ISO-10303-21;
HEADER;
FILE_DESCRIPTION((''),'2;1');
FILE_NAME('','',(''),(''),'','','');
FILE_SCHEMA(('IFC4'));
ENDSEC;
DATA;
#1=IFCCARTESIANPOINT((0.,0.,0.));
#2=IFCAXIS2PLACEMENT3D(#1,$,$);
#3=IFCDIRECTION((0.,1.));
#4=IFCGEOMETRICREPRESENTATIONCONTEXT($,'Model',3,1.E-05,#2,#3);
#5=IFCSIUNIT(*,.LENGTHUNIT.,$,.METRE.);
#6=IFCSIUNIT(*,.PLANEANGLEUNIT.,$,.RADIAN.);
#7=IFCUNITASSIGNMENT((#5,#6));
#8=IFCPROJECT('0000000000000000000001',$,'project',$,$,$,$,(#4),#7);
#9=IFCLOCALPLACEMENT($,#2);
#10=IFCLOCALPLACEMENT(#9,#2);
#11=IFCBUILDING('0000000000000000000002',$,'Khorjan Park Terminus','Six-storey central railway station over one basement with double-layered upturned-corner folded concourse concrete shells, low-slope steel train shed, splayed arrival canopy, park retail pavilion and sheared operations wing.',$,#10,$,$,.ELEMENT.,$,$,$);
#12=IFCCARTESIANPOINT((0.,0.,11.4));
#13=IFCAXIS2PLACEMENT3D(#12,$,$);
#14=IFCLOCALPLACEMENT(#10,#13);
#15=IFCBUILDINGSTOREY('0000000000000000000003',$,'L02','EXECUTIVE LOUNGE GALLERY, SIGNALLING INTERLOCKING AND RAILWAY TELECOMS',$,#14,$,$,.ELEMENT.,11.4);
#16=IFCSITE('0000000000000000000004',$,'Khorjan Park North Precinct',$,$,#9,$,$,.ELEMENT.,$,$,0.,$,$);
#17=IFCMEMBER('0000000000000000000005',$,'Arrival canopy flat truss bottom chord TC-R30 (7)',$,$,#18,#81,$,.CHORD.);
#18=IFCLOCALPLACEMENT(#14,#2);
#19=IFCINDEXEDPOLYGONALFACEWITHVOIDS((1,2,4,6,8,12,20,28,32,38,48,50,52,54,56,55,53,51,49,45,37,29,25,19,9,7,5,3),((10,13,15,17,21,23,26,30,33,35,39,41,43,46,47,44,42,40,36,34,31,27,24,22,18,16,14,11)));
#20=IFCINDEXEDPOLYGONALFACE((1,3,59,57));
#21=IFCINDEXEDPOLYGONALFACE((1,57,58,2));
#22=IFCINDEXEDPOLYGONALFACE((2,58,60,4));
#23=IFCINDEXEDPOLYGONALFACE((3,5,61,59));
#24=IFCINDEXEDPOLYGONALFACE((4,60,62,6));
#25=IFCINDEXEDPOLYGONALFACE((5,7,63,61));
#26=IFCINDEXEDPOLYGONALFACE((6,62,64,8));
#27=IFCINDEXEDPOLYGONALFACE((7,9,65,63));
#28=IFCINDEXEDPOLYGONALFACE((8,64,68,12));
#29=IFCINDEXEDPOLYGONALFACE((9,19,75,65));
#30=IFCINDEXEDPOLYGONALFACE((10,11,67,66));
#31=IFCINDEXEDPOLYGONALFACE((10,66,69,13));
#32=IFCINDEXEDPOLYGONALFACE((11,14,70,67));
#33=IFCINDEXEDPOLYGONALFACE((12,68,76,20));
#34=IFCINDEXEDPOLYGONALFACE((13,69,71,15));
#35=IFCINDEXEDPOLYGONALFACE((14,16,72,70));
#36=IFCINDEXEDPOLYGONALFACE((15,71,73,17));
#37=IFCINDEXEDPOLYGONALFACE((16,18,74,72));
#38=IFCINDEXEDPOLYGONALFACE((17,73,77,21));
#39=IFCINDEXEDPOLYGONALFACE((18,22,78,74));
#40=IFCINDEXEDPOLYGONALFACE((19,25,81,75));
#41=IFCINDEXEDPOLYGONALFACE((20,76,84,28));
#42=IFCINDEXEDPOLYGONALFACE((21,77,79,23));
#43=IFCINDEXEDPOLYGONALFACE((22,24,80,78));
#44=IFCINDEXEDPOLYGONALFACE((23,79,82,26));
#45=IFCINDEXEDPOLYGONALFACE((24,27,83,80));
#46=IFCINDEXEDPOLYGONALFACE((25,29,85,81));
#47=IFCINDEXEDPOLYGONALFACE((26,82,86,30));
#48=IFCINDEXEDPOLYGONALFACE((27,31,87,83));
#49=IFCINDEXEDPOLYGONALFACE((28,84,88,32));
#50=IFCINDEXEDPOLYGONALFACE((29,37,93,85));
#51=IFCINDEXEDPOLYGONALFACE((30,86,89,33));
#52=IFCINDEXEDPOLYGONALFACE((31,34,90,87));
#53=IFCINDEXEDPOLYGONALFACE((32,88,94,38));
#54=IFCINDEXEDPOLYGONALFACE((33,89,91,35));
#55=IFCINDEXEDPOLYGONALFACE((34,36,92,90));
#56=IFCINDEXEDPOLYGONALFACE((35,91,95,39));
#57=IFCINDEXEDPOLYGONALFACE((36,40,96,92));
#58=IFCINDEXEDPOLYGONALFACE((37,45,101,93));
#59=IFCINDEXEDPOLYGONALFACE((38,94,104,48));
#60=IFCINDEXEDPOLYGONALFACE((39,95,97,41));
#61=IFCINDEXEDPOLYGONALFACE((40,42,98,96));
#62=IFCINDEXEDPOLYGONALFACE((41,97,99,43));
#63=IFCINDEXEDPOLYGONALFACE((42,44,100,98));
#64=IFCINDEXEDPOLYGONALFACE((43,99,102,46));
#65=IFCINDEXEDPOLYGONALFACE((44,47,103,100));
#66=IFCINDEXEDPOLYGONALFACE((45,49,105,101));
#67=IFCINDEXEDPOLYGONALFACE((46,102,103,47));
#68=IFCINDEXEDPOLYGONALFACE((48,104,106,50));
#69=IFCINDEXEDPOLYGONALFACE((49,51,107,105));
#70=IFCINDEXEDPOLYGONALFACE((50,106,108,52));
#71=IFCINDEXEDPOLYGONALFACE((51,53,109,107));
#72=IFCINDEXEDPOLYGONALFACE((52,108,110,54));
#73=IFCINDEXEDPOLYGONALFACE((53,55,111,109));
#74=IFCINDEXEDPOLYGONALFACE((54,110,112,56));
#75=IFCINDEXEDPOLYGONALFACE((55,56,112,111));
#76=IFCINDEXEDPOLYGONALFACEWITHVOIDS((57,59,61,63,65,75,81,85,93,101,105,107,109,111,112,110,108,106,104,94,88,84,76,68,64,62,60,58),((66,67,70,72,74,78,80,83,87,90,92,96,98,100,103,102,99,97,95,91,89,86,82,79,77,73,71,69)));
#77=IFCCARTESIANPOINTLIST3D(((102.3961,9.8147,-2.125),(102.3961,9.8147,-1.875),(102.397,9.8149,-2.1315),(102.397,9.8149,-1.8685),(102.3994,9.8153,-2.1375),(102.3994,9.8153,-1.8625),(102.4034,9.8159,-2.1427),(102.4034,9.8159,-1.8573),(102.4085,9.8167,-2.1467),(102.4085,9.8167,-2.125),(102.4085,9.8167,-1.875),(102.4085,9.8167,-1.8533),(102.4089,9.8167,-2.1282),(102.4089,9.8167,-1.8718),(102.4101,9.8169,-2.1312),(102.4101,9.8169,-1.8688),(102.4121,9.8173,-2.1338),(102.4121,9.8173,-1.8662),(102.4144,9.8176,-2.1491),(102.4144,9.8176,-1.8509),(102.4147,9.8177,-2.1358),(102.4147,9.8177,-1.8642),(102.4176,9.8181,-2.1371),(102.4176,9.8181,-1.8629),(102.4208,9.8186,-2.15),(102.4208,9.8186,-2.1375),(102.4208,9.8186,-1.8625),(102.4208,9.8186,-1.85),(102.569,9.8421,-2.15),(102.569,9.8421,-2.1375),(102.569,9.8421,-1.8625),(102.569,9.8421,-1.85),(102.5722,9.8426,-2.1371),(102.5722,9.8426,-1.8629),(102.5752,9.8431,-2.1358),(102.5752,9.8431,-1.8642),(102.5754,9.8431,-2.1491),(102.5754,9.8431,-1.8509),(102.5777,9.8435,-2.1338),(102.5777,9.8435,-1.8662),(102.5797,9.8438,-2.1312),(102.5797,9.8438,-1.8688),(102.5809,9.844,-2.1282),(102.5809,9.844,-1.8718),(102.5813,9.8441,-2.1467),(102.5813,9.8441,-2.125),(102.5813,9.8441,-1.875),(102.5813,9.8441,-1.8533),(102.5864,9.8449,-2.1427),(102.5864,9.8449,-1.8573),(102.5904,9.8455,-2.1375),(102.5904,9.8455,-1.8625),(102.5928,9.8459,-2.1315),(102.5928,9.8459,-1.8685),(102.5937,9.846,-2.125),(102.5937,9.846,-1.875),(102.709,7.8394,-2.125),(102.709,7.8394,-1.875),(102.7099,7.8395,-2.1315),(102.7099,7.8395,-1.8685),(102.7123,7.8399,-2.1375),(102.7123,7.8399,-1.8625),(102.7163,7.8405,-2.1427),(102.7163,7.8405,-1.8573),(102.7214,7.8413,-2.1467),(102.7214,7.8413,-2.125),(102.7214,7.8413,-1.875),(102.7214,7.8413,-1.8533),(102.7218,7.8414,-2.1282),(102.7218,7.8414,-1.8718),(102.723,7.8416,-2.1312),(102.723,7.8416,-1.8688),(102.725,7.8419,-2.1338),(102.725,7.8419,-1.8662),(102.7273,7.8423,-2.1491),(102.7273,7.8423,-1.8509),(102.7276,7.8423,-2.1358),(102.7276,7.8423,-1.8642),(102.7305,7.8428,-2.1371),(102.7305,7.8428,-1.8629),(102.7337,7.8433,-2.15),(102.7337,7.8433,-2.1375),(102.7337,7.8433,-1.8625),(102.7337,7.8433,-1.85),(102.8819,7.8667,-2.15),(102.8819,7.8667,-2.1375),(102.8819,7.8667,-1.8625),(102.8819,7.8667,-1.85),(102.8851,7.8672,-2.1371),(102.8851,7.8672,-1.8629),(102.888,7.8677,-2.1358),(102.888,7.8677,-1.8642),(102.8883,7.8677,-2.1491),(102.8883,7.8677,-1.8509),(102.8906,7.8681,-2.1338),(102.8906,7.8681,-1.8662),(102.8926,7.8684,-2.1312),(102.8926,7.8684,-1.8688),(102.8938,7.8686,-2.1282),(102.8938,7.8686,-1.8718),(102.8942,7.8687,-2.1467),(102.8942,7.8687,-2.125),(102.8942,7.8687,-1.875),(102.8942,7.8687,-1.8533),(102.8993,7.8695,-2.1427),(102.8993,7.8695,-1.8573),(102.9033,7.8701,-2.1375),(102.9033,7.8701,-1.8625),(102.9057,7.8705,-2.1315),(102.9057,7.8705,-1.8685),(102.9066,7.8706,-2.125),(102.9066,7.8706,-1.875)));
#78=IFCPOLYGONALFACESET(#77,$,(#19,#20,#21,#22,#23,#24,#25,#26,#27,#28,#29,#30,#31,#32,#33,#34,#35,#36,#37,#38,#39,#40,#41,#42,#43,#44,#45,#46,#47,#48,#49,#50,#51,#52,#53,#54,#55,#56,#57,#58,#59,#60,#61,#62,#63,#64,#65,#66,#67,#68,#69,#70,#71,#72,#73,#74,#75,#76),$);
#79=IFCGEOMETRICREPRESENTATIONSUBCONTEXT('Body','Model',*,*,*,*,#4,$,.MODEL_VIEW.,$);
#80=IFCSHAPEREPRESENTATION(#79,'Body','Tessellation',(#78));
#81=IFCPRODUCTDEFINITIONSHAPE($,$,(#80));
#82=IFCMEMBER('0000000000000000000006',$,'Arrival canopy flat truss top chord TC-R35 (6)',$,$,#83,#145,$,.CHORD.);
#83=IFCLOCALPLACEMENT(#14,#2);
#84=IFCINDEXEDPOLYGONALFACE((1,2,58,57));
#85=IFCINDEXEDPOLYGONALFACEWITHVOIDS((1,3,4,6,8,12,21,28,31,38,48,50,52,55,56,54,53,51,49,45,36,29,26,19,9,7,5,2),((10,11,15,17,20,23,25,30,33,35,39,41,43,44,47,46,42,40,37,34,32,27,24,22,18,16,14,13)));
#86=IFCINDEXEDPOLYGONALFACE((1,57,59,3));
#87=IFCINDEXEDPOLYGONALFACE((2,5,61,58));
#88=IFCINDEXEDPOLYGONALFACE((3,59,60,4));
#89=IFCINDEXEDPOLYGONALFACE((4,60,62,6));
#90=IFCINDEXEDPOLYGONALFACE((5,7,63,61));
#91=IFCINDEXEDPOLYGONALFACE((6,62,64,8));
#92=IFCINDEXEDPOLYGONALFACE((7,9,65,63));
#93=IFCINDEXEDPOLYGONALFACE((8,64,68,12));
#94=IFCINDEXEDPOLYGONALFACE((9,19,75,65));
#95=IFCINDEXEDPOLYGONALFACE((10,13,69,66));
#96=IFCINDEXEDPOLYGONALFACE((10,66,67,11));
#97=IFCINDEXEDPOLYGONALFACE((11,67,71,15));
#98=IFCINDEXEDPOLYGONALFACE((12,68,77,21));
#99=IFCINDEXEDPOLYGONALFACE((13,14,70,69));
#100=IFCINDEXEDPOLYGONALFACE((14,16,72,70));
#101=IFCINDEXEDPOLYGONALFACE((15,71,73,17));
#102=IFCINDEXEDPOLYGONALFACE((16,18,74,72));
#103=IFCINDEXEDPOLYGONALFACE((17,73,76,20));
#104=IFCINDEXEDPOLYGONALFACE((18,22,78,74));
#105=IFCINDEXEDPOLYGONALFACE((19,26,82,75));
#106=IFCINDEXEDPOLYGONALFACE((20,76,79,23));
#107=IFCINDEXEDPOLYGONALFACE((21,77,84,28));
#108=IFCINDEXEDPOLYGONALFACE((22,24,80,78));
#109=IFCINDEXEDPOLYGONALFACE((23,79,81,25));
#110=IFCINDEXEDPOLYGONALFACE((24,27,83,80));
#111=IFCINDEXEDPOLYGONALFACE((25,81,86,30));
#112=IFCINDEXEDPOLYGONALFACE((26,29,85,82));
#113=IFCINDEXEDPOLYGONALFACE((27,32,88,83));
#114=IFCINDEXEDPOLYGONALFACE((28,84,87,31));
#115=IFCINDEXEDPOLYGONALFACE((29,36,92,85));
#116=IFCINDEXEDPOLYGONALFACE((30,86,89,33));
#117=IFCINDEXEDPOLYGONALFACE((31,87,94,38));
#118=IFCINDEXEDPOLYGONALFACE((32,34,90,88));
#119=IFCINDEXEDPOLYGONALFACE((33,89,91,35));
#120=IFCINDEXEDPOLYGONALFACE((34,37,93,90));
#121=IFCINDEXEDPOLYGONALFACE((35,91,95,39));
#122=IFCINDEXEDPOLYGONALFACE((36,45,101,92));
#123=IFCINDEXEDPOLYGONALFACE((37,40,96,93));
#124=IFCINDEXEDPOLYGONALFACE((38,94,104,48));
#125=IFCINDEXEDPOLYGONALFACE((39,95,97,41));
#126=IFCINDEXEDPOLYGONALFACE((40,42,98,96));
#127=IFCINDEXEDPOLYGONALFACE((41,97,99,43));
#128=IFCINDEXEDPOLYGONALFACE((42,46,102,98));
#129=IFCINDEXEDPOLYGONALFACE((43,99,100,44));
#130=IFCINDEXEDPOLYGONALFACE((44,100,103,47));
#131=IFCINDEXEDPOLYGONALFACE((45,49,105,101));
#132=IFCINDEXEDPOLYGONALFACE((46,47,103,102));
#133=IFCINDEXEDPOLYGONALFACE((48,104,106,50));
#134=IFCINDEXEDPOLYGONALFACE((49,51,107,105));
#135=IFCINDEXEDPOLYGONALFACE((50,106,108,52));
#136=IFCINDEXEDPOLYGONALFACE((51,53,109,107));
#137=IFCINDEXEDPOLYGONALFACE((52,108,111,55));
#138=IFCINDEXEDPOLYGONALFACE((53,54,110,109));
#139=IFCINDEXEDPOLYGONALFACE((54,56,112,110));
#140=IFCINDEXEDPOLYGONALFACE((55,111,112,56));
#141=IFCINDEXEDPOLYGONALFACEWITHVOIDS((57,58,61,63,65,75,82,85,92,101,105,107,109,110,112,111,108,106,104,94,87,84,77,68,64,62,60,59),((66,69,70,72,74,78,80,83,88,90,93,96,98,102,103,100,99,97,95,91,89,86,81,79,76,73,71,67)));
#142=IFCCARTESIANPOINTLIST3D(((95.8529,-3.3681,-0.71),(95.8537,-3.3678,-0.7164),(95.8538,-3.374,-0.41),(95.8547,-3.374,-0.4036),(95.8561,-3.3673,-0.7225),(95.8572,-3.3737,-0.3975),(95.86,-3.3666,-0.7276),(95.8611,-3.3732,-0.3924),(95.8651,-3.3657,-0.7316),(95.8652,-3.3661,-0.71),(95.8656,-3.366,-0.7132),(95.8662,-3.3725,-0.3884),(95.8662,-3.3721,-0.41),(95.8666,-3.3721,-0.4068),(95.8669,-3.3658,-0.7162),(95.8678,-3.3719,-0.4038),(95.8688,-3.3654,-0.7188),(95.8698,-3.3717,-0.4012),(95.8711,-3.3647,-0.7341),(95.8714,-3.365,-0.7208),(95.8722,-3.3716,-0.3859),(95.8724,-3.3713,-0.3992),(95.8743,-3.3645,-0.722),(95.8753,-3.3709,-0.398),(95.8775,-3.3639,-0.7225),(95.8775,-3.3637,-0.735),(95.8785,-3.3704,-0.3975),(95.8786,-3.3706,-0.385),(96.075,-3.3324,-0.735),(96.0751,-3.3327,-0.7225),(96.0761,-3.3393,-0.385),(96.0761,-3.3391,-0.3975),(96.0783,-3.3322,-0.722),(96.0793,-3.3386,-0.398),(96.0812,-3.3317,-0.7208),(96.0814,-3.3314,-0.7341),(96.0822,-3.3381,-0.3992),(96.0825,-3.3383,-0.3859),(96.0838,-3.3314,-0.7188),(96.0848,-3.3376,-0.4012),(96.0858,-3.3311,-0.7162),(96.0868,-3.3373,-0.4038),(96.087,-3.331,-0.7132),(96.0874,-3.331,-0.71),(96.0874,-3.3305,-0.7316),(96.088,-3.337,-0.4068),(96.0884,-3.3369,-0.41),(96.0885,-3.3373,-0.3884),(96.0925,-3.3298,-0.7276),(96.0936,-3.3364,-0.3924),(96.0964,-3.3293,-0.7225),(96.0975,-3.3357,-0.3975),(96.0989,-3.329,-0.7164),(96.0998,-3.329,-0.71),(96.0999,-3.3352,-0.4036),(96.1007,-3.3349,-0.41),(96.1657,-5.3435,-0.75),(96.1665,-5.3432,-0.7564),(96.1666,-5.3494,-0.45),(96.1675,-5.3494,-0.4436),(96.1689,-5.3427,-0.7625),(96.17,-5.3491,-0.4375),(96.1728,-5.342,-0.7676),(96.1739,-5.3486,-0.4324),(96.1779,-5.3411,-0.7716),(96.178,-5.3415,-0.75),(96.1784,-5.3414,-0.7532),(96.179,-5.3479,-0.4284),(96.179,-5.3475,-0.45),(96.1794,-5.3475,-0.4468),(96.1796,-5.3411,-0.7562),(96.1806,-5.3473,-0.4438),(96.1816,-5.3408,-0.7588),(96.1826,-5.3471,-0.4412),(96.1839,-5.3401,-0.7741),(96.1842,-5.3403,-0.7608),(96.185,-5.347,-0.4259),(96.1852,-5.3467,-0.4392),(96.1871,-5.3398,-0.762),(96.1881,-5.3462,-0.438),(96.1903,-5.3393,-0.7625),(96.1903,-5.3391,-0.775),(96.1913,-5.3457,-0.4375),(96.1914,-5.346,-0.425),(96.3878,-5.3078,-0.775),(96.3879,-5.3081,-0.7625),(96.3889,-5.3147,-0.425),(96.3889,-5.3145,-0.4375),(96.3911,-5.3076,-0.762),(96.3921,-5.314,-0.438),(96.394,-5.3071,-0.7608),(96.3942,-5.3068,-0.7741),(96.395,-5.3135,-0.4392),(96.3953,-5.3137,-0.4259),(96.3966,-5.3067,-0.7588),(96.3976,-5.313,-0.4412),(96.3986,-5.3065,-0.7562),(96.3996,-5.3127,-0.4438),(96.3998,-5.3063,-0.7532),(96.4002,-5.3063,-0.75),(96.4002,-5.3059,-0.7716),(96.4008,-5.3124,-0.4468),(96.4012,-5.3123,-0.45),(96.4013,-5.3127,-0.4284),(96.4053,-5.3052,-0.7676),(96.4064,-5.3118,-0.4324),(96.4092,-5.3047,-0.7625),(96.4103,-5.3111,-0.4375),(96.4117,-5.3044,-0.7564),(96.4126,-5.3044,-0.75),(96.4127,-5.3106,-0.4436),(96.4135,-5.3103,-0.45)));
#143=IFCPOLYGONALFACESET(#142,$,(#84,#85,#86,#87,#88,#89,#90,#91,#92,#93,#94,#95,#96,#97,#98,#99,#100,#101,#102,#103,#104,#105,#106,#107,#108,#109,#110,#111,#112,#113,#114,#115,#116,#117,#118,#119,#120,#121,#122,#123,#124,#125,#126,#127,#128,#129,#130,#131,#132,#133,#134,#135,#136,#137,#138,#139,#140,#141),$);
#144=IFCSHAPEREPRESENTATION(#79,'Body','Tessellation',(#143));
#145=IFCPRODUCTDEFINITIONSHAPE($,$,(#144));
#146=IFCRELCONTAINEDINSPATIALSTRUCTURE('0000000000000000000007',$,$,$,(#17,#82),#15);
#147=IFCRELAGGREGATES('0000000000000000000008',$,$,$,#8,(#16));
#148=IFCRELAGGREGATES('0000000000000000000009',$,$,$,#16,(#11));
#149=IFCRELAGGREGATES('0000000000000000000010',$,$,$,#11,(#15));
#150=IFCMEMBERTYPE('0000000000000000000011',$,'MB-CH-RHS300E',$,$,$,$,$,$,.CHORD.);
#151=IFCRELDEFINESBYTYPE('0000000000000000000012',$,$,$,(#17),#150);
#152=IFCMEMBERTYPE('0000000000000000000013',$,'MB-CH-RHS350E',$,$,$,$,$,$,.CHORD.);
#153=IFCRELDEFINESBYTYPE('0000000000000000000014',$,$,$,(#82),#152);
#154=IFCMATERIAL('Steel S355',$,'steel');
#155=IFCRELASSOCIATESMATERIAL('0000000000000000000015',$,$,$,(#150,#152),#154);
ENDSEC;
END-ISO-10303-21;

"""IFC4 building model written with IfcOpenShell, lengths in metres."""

from ifc_helpers import new_model, si_unit, direction, frame, origin, origin_2d, place, context, subcontext, project, spatial, hollow_rectangle, extrude, material, material_profile, profile_set, type_object, element, save


model = new_model("IFC4")

# Units and contexts
model_context = context("Model", 3, precision=1e-05, world=origin(), true_north=direction((0.0, 1.0)))
body_context = subcontext(model_context, "Body", "Model", "MODEL_VIEW")
ifc_project = project(units=[si_unit("LENGTHUNIT", "METRE"), si_unit("PLANEANGLEUNIT", "RADIAN")], contexts=[model_context])

# Site, building, storey
site_placement = place(None, origin())
site = spatial("IfcSite", under=ifc_project, at=site_placement, Name="Khorjan Park North Precinct", CompositionType="ELEMENT", RefElevation=0.0)
building_placement = place(site_placement, origin())
building = spatial("IfcBuilding", under=site, at=building_placement, Name="Khorjan Park Terminus", Description="Six-storey central railway station over one basement with double-layered upturned-corner folded concourse concrete shells, low-slope steel train shed, splayed arrival canopy, park retail pavilion and sheared operations wing.", CompositionType="ELEMENT")
storey_placement = place(building_placement, frame((0.0, 0.0, 11.4)))
storey = spatial("IfcBuildingStorey", under=building, at=storey_placement, Name="L02", Description="EXECUTIVE LOUNGE GALLERY, SIGNALLING INTERLOCKING AND RAILWAY TELECOMS", CompositionType="ELEMENT", Elevation=11.4)

# Members
ifc_material = material(Name="Steel S355", Category="steel")
ifc_material_profile_1 = material_profile(ifc_material, hollow_rectangle(XDim=0.2, YDim=0.3, WallThickness=0.0125, InnerFilletRadius=0.0125, OuterFilletRadius=0.025, at=origin_2d()), Name="RHS 300x200x12.5")
ifc_profile_set_1 = profile_set([ifc_material_profile_1], Name="Steel S355")
member_type_1 = type_object("IfcMemberType", Name="MB-CH-RHS300E", PredefinedType="CHORD", material=ifc_profile_set_1)
member_1_placement = place(storey_placement, frame((102.8078, 7.855, -2.0), z_axis=(-0.156448, 0.987686, 0.0), x_axis=(-0.987686, -0.156448, 0.0)))
element("IfcMember", 1, at=member_1_placement, inside=storey, type_object=member_type_1, Name="Arrival canopy flat truss bottom chord TC-R30 (7)", PredefinedType="CHORD", context=body_context, shape_type="SweptSolid", body=[
    extrude(hollow_rectangle(XDim=0.2, YDim=0.3, WallThickness=0.0125, InnerFilletRadius=0.0125, OuterFilletRadius=0.025, at=origin_2d()), origin(), (0.0, 0.0, 1.0), 2.0),
])
ifc_material_profile_2 = material_profile(ifc_material, hollow_rectangle(XDim=0.25, YDim=0.35, WallThickness=0.0125, InnerFilletRadius=0.0125, OuterFilletRadius=0.025, at=origin_2d()), Name="RHS 350x250x12.5")
ifc_profile_set_2 = profile_set([ifc_material_profile_2], Name="Steel S355")
member_type_2 = type_object("IfcMemberType", Name="MB-CH-RHS350E", PredefinedType="CHORD", material=ifc_profile_set_2)
member_2_placement = place(storey_placement, frame((96.2896, -5.3269, -0.6), z_axis=(-0.156368, 0.987496, 0.019996), x_axis=(-0.987694, -0.156399, 0.0)))
element("IfcMember", 2, at=member_2_placement, inside=storey, type_object=member_type_2, Name="Arrival canopy flat truss top chord TC-R35 (6)", PredefinedType="CHORD", context=body_context, shape_type="SweptSolid", body=[
    extrude(hollow_rectangle(XDim=0.25, YDim=0.35, WallThickness=0.0125, InnerFilletRadius=0.0125, OuterFilletRadius=0.025, at=origin_2d()), origin(), (0.0, 0.0, 1.0), 2.0004),
])

save(model, "model.ifc")
